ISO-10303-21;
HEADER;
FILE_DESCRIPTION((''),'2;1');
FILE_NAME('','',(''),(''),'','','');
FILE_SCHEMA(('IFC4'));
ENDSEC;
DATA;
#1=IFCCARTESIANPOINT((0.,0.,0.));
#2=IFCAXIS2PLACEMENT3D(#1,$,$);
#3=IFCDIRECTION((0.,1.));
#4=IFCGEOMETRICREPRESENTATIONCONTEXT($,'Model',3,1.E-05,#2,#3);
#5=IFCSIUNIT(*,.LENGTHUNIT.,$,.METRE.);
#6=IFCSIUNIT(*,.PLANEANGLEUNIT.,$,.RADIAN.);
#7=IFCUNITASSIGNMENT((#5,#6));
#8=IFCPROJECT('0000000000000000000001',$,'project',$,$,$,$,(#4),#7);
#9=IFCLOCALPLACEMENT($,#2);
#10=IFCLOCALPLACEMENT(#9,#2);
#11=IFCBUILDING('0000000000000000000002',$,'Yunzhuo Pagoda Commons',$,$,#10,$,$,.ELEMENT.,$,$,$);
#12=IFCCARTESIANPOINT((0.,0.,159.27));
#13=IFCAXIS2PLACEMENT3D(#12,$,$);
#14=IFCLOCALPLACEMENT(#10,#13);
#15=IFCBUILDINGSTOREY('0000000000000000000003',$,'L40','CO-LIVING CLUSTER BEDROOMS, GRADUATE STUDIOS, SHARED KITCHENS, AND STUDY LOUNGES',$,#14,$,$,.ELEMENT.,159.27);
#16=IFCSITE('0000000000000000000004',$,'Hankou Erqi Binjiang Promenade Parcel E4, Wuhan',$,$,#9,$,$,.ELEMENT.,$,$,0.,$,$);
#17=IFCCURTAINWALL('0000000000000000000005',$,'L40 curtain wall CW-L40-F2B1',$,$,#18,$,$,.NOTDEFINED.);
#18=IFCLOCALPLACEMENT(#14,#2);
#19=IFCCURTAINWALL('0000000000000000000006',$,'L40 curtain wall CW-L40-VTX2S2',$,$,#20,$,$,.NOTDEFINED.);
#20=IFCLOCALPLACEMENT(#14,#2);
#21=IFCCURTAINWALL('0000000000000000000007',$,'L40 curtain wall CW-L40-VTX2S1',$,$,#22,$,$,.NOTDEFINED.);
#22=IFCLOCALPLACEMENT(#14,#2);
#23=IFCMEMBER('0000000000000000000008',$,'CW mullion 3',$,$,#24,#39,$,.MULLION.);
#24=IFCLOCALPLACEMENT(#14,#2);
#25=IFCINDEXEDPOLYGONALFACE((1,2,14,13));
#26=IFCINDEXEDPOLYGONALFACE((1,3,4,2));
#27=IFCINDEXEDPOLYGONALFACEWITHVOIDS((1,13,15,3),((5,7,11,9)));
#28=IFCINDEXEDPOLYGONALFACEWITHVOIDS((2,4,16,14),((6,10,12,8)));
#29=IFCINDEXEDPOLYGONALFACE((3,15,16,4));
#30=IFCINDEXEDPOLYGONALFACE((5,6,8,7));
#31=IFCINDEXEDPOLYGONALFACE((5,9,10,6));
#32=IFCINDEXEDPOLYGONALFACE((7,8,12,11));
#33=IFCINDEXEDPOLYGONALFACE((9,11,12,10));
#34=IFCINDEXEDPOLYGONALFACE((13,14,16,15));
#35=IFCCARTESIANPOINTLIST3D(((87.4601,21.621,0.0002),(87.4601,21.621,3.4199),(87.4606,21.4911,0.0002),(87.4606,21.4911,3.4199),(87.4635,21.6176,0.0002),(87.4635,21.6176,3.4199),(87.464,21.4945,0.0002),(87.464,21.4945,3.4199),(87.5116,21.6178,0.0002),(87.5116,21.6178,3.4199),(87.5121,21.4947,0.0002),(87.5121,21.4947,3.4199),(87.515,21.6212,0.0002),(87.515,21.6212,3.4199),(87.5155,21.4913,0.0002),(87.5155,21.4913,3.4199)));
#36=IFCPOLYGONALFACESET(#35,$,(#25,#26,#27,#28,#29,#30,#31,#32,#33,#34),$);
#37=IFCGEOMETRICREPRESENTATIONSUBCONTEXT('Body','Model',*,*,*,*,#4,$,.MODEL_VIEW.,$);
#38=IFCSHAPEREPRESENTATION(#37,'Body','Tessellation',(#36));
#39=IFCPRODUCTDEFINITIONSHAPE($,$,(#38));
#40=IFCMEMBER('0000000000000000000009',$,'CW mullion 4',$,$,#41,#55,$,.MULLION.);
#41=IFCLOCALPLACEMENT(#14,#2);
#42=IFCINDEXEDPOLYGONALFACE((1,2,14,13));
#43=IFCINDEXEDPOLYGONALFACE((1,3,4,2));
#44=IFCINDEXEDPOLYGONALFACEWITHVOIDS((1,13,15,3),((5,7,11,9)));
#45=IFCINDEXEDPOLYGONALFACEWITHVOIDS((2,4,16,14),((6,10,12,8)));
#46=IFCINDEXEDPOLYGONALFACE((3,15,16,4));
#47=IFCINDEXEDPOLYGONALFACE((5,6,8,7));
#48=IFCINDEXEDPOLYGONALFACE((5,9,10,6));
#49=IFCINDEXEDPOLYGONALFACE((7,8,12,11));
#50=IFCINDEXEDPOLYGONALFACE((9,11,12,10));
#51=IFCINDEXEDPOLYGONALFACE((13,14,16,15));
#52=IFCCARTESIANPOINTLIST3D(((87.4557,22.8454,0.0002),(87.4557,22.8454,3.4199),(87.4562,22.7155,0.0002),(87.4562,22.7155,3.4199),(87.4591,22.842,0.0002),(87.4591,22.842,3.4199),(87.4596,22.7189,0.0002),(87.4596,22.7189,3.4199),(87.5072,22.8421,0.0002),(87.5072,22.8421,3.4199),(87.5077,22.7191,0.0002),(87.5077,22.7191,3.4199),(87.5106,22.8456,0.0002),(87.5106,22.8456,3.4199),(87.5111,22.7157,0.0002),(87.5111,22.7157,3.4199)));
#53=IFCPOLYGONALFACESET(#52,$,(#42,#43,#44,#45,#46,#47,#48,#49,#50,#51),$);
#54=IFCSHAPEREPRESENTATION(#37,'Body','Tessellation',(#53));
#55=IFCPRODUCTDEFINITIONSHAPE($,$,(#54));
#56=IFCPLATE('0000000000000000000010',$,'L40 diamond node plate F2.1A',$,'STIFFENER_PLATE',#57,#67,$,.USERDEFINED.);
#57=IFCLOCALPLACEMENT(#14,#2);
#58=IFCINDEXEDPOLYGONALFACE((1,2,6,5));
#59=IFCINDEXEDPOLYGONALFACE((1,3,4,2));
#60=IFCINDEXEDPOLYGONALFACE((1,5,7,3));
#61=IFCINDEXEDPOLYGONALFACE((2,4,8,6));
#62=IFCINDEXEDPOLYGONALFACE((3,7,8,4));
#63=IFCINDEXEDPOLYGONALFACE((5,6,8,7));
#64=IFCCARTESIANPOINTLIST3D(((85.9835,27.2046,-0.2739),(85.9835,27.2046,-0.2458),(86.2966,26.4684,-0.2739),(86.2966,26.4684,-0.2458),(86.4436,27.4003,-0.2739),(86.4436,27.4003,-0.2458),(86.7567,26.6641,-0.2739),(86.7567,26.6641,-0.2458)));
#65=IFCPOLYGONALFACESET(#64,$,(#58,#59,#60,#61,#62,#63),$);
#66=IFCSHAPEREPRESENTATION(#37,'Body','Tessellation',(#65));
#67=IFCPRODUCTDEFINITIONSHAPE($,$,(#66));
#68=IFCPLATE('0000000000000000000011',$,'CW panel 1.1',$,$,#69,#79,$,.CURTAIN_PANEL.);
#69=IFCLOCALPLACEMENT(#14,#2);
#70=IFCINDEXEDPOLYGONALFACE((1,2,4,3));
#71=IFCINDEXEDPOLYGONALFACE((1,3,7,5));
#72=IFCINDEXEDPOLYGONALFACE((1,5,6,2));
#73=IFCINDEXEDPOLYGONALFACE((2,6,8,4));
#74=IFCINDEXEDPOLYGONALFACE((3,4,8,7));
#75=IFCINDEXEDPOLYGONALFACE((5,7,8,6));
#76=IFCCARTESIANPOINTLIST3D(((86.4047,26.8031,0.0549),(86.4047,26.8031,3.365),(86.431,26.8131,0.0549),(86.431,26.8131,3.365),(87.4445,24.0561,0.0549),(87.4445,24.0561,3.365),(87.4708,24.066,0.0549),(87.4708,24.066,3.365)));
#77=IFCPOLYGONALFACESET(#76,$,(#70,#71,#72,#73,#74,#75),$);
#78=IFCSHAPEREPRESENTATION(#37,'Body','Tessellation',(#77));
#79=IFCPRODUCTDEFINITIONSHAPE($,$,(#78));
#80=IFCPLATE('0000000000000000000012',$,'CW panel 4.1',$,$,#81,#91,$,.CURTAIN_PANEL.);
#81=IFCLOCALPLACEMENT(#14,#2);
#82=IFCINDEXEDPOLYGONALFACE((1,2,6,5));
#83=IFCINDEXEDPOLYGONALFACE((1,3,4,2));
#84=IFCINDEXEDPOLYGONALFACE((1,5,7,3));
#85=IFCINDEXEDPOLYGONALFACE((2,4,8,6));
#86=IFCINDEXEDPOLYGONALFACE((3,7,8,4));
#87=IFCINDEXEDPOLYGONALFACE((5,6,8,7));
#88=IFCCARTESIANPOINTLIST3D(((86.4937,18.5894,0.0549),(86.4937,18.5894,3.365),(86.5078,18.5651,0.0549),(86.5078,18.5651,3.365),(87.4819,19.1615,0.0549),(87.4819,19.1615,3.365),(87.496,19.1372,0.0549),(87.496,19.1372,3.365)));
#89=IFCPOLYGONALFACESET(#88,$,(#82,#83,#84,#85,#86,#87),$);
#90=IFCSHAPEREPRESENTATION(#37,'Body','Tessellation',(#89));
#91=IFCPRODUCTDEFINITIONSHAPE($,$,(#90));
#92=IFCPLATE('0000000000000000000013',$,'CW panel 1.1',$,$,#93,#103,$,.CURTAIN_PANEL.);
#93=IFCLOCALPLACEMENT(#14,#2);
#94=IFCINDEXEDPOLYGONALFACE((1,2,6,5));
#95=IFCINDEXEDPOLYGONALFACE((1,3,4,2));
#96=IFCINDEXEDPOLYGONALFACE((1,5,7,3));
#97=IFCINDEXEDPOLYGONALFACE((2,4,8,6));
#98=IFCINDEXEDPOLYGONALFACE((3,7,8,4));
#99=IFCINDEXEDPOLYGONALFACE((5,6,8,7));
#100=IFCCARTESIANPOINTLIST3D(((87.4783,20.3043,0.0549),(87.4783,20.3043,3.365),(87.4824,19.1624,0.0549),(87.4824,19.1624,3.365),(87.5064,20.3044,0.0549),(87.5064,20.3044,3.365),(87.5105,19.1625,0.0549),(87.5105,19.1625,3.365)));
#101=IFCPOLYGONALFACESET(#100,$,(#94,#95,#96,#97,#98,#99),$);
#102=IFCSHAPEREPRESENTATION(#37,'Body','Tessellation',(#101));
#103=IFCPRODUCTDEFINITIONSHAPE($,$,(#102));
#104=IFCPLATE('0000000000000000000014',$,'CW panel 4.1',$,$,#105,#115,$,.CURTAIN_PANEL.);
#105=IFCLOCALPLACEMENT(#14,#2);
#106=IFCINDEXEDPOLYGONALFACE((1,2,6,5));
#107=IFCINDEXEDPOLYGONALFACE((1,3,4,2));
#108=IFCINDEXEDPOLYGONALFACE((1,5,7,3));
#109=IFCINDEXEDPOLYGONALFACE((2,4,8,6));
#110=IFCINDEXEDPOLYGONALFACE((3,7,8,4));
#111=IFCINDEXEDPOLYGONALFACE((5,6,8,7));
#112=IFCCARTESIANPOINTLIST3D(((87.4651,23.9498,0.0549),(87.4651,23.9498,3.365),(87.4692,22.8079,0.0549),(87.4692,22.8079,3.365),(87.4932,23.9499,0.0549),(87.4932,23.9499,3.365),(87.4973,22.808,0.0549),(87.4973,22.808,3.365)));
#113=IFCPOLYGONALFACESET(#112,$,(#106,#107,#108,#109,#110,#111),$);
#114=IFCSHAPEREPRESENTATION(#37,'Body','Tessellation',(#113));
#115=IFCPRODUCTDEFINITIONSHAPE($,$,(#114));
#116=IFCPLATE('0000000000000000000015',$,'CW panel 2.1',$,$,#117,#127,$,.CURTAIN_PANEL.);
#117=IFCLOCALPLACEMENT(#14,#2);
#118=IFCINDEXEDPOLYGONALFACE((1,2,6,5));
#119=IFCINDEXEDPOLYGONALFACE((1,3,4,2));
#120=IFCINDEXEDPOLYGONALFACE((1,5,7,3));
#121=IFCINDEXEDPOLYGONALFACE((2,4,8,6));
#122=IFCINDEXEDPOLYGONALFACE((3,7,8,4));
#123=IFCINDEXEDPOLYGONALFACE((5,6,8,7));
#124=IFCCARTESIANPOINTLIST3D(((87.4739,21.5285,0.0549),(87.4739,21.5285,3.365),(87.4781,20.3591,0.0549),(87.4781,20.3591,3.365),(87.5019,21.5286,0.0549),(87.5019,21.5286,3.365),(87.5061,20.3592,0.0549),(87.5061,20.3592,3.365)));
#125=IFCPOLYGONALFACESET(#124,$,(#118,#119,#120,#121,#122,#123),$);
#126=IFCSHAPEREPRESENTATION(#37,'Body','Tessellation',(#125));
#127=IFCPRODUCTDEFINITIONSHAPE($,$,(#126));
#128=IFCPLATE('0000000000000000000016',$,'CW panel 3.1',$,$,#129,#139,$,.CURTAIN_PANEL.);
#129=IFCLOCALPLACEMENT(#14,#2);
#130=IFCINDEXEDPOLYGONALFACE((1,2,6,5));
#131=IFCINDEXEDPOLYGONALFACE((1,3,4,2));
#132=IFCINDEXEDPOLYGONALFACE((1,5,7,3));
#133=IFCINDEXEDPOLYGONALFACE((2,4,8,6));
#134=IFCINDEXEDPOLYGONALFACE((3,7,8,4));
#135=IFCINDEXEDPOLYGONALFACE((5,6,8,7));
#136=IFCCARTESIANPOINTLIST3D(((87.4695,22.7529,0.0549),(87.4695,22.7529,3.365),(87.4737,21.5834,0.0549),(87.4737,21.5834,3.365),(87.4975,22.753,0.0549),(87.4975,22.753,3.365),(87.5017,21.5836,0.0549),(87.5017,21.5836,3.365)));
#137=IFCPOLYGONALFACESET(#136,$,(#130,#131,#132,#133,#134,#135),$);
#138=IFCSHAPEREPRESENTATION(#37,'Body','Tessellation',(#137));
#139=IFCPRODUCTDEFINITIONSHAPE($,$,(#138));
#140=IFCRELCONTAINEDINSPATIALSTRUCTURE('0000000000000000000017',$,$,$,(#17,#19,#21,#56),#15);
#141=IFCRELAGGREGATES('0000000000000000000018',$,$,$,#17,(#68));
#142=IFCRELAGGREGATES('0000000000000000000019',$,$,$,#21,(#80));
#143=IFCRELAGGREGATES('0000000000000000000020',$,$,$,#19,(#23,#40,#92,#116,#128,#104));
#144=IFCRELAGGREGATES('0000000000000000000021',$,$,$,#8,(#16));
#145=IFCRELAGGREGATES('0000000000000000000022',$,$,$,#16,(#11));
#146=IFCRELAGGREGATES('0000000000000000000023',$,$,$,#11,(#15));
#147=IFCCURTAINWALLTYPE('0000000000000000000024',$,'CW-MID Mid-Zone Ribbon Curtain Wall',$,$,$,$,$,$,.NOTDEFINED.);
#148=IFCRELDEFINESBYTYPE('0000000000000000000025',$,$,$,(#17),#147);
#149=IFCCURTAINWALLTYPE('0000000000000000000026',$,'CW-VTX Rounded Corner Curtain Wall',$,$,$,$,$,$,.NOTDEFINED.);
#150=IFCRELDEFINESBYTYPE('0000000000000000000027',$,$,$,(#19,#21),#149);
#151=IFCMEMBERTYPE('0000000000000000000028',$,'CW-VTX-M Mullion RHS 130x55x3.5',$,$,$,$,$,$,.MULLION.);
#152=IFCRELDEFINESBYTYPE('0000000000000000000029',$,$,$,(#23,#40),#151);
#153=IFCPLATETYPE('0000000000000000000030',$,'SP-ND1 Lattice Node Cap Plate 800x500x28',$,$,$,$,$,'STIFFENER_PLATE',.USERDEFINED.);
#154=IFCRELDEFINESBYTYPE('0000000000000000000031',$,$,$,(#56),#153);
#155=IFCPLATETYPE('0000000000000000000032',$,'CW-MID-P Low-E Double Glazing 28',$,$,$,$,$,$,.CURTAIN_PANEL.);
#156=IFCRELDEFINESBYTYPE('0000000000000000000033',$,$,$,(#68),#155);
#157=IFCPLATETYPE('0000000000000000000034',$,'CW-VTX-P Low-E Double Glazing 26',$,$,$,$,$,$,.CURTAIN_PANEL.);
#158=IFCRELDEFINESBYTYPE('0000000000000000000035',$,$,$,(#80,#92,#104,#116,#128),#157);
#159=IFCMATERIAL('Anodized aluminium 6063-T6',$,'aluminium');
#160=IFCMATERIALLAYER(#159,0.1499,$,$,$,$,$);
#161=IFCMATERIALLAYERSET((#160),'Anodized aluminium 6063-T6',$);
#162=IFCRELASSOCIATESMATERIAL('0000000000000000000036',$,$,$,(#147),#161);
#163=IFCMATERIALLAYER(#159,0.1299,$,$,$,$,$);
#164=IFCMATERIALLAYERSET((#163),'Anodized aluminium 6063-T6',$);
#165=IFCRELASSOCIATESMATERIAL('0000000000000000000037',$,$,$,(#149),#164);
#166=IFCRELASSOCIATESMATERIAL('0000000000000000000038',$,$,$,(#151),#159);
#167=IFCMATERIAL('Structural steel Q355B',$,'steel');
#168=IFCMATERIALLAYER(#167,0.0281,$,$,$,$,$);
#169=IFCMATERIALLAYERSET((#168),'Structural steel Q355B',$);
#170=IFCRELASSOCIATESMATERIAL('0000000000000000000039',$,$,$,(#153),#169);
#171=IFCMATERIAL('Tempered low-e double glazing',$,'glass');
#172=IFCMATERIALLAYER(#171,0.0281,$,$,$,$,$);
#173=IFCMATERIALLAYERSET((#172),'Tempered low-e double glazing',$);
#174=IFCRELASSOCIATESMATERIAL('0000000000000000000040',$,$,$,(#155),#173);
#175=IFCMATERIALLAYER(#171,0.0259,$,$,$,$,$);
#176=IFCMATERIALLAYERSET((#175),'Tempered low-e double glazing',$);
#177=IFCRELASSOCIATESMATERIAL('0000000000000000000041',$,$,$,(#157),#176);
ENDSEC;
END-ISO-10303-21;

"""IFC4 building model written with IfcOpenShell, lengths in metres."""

from ifc_helpers import new_model, si_unit, direction, frame, origin, origin_2d, place, context, subcontext, project, spatial, rectangle, hollow_rectangle, extrude, source, transform, mapped, material, layer, layer_set, material_profile, profile_set, type_object, element, aggregate, save


model = new_model("IFC4")

# Units and contexts
model_context = context("Model", 3, precision=1e-05, world=origin(), true_north=direction((0.0, 1.0)))
body_context = subcontext(model_context, "Body", "Model", "MODEL_VIEW")
ifc_project = project(units=[si_unit("LENGTHUNIT", "METRE"), si_unit("PLANEANGLEUNIT", "RADIAN")], contexts=[model_context])

# Site, building, storey
site_placement = place(None, origin())
site = spatial("IfcSite", under=ifc_project, at=site_placement, Name="Hankou Erqi Binjiang Promenade Parcel E4, Wuhan", CompositionType="ELEMENT", RefElevation=0.0)
building_placement = place(site_placement, origin())
building = spatial("IfcBuilding", under=site, at=building_placement, Name="Yunzhuo Pagoda Commons", CompositionType="ELEMENT")
storey_placement = place(building_placement, frame((0.0, 0.0, 159.27)))
storey = spatial("IfcBuildingStorey", under=building, at=storey_placement, Name="L40", Description="CO-LIVING CLUSTER BEDROOMS, GRADUATE STUDIOS, SHARED KITCHENS, AND STUDY LOUNGES", CompositionType="ELEMENT", Elevation=159.27)

# Shared definitions
ifc_material_1 = material(Name="Structural steel Q355B", Category="steel")

# Shared definitions
ifc_material_2 = material(Name="Anodized aluminium 6063-T6", Category="aluminium")
ifc_layer_1 = layer(ifc_material_2, 0.1499)
ifc_layer_set_1 = layer_set([ifc_layer_1], Name="Anodized aluminium 6063-T6")
curtain_wall_type_1 = type_object("IfcCurtainWallType", Name="CW-MID Mid-Zone Ribbon Curtain Wall", PredefinedType="NOTDEFINED", material=ifc_layer_set_1)

# Curtain walls
curtain_wall_1_placement = place(storey_placement, origin())
curtain_wall_1 = element("IfcCurtainWall", 1, at=curtain_wall_1_placement, inside=storey, type_object=curtain_wall_type_1, Name="L40 curtain wall CW-L40-F2B1", PredefinedType="NOTDEFINED")
ifc_layer_2 = layer(ifc_material_2, 0.1299)
ifc_layer_set_2 = layer_set([ifc_layer_2], Name="Anodized aluminium 6063-T6")
curtain_wall_type_2 = type_object("IfcCurtainWallType", Name="CW-VTX Rounded Corner Curtain Wall", PredefinedType="NOTDEFINED", material=ifc_layer_set_2)
curtain_wall_2_placement = place(storey_placement, origin())
curtain_wall_2 = element("IfcCurtainWall", 2, at=curtain_wall_2_placement, inside=storey, type_object=curtain_wall_type_2, Name="L40 curtain wall CW-L40-VTX2S2", PredefinedType="NOTDEFINED")
curtain_wall_3_placement = place(storey_placement, origin())
curtain_wall_3 = element("IfcCurtainWall", 3, at=curtain_wall_3_placement, inside=storey, type_object=curtain_wall_type_2, Name="L40 curtain wall CW-L40-VTX2S1", PredefinedType="NOTDEFINED")
ifc_material_profile_1 = material_profile(ifc_material_2, hollow_rectangle(XDim=0.0549, YDim=0.1299, WallThickness=0.0034, at=origin_2d()), Name="Anodized aluminium 6063-T6")
ifc_profile_set_1 = profile_set([ifc_material_profile_1], Name="Anodized aluminium 6063-T6")
member_type_1 = type_object("IfcMemberType", Name="CW-VTX-M Mullion RHS 130x55x3.5", PredefinedType="MULLION", material=ifc_profile_set_1)
shared_shape_1 = source(origin(), body_context, "Body", "SweptSolid", [
    extrude(hollow_rectangle(XDim=0.0549, YDim=0.1299, WallThickness=0.0034, at=origin_2d()), origin(), (0.0, 0.0, 1.0), 3.4197),
])

# Members
member_1_placement = place(storey_placement, frame((87.4878, 21.5562, 0.0002), z_axis=(0.0, 0.0, 1.0), x_axis=(-0.999994, -0.003594, 0.0)))
member_1 = element("IfcMember", 4, at=member_1_placement, type_object=member_type_1, Name="CW mullion 3", PredefinedType="MULLION", context=body_context, shape_type="MappedRepresentation", body=[
    mapped(shared_shape_1, transform((0.0, 0.0, 0.0), scale=1.0)),
])
member_2_placement = place(storey_placement, frame((87.4834, 22.7805, 0.0002), z_axis=(0.0, 0.0, 1.0), x_axis=(-0.999994, -0.003594, 0.0)))
member_2 = element("IfcMember", 5, at=member_2_placement, type_object=member_type_1, Name="CW mullion 4", PredefinedType="MULLION", context=body_context, shape_type="MappedRepresentation", body=[
    mapped(shared_shape_1, transform((0.0, 0.0, 0.0), scale=1.0)),
])

# Plates
ifc_layer_3 = layer(ifc_material_1, 0.0281)
ifc_layer_set_3 = layer_set([ifc_layer_3], Name="Structural steel Q355B")
plate_type_1 = type_object("IfcPlateType", Name="SP-ND1 Lattice Node Cap Plate 800x500x28", ElementType="STIFFENER_PLATE", PredefinedType="USERDEFINED", material=ifc_layer_set_3)
shared_shape_2 = source(origin(), body_context, "Body", "SweptSolid", [
    extrude(rectangle(XDim=0.8, YDim=0.5, at=origin_2d()), origin(), (0.0, 0.0, 1.0), 0.0281),
])
plate_1_placement = place(storey_placement, frame((86.3701, 26.9343, -0.2739), z_axis=(0.0, 0.0, 1.0), x_axis=(-0.391406, 0.920218, 0.0)))
element("IfcPlate", 6, at=plate_1_placement, inside=storey, type_object=plate_type_1, Name="L40 diamond node plate F2.1A", ObjectType="STIFFENER_PLATE", PredefinedType="USERDEFINED", context=body_context, shape_type="MappedRepresentation", body=[
    mapped(shared_shape_2, transform((0.0, 0.0, 0.0), scale=1.0)),
])
ifc_material_3 = material(Name="Tempered low-e double glazing", Category="glass")
ifc_layer_4 = layer(ifc_material_3, 0.0281)
ifc_layer_set_4 = layer_set([ifc_layer_4], Name="Tempered low-e double glazing")
plate_type_2 = type_object("IfcPlateType", Name="CW-MID-P Low-E Double Glazing 28", PredefinedType="CURTAIN_PANEL", material=ifc_layer_set_4)
shared_shape_3 = source(origin(), body_context, "Body", "SweptSolid", [
    extrude(rectangle(XDim=2.9373, YDim=0.0281, at=origin_2d()), origin(), (0.0, 0.0, 1.0), 3.3101),
])
plate_2_placement = place(storey_placement, frame((86.9377, 25.4346, 0.0549), z_axis=(0.0, 0.0, 1.0), x_axis=(-0.353996, 0.935247, 0.0)))
plate_2 = element("IfcPlate", 7, at=plate_2_placement, type_object=plate_type_2, Name="CW panel 1.1", PredefinedType="CURTAIN_PANEL", context=body_context, shape_type="MappedRepresentation", body=[
    mapped(shared_shape_3, transform((0.0, 0.0, 0.0), scale=1.0)),
])
aggregate(curtain_wall_1, [plate_2])
ifc_layer_5 = layer(ifc_material_3, 0.0259)
ifc_layer_set_5 = layer_set([ifc_layer_5], Name="Tempered low-e double glazing")
plate_type_3 = type_object("IfcPlateType", Name="CW-VTX-P Low-E Double Glazing 26", PredefinedType="CURTAIN_PANEL", material=ifc_layer_set_5)
shared_shape_4 = source(origin(), body_context, "Body", "SweptSolid", [
    extrude(rectangle(XDim=1.1418, YDim=0.0281, at=origin_2d()), origin(), (0.0, 0.0, 1.0), 3.3101),
])
plate_3_placement = place(storey_placement, frame((86.9949, 18.8633, 0.0549), z_axis=(0.0, 0.0, 1.0), x_axis=(0.865427, 0.501035, 0.0)))
plate_3 = element("IfcPlate", 8, at=plate_3_placement, type_object=plate_type_3, Name="CW panel 4.1", PredefinedType="CURTAIN_PANEL", context=body_context, shape_type="MappedRepresentation", body=[
    mapped(shared_shape_4, transform((0.0, 0.0, 0.0), scale=1.0)),
])
aggregate(curtain_wall_3, [plate_3])
plate_4_placement = place(storey_placement, frame((87.4944, 19.7334, 0.0549), z_axis=(0.0, 0.0, 1.0), x_axis=(-0.003594, 0.999994, 0.0)))
plate_4 = element("IfcPlate", 9, at=plate_4_placement, type_object=plate_type_3, Name="CW panel 1.1", PredefinedType="CURTAIN_PANEL", context=body_context, shape_type="MappedRepresentation", body=[
    mapped(shared_shape_4, transform((0.0, 0.0, 0.0), scale=1.0)),
])
plate_5_placement = place(storey_placement, frame((87.4812, 23.3789, 0.0549), z_axis=(0.0, 0.0, 1.0), x_axis=(-0.003594, 0.999994, 0.0)))
plate_5 = element("IfcPlate", 10, at=plate_5_placement, type_object=plate_type_3, Name="CW panel 4.1", PredefinedType="CURTAIN_PANEL", context=body_context, shape_type="MappedRepresentation", body=[
    mapped(shared_shape_4, transform((0.0, 0.0, 0.0), scale=1.0)),
])
shared_shape_5 = source(origin(), body_context, "Body", "SweptSolid", [
    extrude(rectangle(XDim=1.1694, YDim=0.0281, at=origin_2d()), origin(), (0.0, 0.0, 1.0), 3.3101),
])
plate_6_placement = place(storey_placement, frame((87.49, 20.9438, 0.0549), z_axis=(0.0, 0.0, 1.0), x_axis=(-0.003594, 0.999994, 0.0)))
plate_6 = element("IfcPlate", 11, at=plate_6_placement, type_object=plate_type_3, Name="CW panel 2.1", PredefinedType="CURTAIN_PANEL", context=body_context, shape_type="MappedRepresentation", body=[
    mapped(shared_shape_5, transform((0.0, 0.0, 0.0), scale=1.0)),
])
plate_7_placement = place(storey_placement, frame((87.4856, 22.1682, 0.0549), z_axis=(0.0, 0.0, 1.0), x_axis=(-0.003594, 0.999994, 0.0)))
plate_7 = element("IfcPlate", 12, at=plate_7_placement, type_object=plate_type_3, Name="CW panel 3.1", PredefinedType="CURTAIN_PANEL", context=body_context, shape_type="MappedRepresentation", body=[
    mapped(shared_shape_5, transform((0.0, 0.0, 0.0), scale=1.0)),
])
aggregate(curtain_wall_2, [member_1, member_2, plate_4, plate_6, plate_7, plate_5])

save(model, "model.ifc")
